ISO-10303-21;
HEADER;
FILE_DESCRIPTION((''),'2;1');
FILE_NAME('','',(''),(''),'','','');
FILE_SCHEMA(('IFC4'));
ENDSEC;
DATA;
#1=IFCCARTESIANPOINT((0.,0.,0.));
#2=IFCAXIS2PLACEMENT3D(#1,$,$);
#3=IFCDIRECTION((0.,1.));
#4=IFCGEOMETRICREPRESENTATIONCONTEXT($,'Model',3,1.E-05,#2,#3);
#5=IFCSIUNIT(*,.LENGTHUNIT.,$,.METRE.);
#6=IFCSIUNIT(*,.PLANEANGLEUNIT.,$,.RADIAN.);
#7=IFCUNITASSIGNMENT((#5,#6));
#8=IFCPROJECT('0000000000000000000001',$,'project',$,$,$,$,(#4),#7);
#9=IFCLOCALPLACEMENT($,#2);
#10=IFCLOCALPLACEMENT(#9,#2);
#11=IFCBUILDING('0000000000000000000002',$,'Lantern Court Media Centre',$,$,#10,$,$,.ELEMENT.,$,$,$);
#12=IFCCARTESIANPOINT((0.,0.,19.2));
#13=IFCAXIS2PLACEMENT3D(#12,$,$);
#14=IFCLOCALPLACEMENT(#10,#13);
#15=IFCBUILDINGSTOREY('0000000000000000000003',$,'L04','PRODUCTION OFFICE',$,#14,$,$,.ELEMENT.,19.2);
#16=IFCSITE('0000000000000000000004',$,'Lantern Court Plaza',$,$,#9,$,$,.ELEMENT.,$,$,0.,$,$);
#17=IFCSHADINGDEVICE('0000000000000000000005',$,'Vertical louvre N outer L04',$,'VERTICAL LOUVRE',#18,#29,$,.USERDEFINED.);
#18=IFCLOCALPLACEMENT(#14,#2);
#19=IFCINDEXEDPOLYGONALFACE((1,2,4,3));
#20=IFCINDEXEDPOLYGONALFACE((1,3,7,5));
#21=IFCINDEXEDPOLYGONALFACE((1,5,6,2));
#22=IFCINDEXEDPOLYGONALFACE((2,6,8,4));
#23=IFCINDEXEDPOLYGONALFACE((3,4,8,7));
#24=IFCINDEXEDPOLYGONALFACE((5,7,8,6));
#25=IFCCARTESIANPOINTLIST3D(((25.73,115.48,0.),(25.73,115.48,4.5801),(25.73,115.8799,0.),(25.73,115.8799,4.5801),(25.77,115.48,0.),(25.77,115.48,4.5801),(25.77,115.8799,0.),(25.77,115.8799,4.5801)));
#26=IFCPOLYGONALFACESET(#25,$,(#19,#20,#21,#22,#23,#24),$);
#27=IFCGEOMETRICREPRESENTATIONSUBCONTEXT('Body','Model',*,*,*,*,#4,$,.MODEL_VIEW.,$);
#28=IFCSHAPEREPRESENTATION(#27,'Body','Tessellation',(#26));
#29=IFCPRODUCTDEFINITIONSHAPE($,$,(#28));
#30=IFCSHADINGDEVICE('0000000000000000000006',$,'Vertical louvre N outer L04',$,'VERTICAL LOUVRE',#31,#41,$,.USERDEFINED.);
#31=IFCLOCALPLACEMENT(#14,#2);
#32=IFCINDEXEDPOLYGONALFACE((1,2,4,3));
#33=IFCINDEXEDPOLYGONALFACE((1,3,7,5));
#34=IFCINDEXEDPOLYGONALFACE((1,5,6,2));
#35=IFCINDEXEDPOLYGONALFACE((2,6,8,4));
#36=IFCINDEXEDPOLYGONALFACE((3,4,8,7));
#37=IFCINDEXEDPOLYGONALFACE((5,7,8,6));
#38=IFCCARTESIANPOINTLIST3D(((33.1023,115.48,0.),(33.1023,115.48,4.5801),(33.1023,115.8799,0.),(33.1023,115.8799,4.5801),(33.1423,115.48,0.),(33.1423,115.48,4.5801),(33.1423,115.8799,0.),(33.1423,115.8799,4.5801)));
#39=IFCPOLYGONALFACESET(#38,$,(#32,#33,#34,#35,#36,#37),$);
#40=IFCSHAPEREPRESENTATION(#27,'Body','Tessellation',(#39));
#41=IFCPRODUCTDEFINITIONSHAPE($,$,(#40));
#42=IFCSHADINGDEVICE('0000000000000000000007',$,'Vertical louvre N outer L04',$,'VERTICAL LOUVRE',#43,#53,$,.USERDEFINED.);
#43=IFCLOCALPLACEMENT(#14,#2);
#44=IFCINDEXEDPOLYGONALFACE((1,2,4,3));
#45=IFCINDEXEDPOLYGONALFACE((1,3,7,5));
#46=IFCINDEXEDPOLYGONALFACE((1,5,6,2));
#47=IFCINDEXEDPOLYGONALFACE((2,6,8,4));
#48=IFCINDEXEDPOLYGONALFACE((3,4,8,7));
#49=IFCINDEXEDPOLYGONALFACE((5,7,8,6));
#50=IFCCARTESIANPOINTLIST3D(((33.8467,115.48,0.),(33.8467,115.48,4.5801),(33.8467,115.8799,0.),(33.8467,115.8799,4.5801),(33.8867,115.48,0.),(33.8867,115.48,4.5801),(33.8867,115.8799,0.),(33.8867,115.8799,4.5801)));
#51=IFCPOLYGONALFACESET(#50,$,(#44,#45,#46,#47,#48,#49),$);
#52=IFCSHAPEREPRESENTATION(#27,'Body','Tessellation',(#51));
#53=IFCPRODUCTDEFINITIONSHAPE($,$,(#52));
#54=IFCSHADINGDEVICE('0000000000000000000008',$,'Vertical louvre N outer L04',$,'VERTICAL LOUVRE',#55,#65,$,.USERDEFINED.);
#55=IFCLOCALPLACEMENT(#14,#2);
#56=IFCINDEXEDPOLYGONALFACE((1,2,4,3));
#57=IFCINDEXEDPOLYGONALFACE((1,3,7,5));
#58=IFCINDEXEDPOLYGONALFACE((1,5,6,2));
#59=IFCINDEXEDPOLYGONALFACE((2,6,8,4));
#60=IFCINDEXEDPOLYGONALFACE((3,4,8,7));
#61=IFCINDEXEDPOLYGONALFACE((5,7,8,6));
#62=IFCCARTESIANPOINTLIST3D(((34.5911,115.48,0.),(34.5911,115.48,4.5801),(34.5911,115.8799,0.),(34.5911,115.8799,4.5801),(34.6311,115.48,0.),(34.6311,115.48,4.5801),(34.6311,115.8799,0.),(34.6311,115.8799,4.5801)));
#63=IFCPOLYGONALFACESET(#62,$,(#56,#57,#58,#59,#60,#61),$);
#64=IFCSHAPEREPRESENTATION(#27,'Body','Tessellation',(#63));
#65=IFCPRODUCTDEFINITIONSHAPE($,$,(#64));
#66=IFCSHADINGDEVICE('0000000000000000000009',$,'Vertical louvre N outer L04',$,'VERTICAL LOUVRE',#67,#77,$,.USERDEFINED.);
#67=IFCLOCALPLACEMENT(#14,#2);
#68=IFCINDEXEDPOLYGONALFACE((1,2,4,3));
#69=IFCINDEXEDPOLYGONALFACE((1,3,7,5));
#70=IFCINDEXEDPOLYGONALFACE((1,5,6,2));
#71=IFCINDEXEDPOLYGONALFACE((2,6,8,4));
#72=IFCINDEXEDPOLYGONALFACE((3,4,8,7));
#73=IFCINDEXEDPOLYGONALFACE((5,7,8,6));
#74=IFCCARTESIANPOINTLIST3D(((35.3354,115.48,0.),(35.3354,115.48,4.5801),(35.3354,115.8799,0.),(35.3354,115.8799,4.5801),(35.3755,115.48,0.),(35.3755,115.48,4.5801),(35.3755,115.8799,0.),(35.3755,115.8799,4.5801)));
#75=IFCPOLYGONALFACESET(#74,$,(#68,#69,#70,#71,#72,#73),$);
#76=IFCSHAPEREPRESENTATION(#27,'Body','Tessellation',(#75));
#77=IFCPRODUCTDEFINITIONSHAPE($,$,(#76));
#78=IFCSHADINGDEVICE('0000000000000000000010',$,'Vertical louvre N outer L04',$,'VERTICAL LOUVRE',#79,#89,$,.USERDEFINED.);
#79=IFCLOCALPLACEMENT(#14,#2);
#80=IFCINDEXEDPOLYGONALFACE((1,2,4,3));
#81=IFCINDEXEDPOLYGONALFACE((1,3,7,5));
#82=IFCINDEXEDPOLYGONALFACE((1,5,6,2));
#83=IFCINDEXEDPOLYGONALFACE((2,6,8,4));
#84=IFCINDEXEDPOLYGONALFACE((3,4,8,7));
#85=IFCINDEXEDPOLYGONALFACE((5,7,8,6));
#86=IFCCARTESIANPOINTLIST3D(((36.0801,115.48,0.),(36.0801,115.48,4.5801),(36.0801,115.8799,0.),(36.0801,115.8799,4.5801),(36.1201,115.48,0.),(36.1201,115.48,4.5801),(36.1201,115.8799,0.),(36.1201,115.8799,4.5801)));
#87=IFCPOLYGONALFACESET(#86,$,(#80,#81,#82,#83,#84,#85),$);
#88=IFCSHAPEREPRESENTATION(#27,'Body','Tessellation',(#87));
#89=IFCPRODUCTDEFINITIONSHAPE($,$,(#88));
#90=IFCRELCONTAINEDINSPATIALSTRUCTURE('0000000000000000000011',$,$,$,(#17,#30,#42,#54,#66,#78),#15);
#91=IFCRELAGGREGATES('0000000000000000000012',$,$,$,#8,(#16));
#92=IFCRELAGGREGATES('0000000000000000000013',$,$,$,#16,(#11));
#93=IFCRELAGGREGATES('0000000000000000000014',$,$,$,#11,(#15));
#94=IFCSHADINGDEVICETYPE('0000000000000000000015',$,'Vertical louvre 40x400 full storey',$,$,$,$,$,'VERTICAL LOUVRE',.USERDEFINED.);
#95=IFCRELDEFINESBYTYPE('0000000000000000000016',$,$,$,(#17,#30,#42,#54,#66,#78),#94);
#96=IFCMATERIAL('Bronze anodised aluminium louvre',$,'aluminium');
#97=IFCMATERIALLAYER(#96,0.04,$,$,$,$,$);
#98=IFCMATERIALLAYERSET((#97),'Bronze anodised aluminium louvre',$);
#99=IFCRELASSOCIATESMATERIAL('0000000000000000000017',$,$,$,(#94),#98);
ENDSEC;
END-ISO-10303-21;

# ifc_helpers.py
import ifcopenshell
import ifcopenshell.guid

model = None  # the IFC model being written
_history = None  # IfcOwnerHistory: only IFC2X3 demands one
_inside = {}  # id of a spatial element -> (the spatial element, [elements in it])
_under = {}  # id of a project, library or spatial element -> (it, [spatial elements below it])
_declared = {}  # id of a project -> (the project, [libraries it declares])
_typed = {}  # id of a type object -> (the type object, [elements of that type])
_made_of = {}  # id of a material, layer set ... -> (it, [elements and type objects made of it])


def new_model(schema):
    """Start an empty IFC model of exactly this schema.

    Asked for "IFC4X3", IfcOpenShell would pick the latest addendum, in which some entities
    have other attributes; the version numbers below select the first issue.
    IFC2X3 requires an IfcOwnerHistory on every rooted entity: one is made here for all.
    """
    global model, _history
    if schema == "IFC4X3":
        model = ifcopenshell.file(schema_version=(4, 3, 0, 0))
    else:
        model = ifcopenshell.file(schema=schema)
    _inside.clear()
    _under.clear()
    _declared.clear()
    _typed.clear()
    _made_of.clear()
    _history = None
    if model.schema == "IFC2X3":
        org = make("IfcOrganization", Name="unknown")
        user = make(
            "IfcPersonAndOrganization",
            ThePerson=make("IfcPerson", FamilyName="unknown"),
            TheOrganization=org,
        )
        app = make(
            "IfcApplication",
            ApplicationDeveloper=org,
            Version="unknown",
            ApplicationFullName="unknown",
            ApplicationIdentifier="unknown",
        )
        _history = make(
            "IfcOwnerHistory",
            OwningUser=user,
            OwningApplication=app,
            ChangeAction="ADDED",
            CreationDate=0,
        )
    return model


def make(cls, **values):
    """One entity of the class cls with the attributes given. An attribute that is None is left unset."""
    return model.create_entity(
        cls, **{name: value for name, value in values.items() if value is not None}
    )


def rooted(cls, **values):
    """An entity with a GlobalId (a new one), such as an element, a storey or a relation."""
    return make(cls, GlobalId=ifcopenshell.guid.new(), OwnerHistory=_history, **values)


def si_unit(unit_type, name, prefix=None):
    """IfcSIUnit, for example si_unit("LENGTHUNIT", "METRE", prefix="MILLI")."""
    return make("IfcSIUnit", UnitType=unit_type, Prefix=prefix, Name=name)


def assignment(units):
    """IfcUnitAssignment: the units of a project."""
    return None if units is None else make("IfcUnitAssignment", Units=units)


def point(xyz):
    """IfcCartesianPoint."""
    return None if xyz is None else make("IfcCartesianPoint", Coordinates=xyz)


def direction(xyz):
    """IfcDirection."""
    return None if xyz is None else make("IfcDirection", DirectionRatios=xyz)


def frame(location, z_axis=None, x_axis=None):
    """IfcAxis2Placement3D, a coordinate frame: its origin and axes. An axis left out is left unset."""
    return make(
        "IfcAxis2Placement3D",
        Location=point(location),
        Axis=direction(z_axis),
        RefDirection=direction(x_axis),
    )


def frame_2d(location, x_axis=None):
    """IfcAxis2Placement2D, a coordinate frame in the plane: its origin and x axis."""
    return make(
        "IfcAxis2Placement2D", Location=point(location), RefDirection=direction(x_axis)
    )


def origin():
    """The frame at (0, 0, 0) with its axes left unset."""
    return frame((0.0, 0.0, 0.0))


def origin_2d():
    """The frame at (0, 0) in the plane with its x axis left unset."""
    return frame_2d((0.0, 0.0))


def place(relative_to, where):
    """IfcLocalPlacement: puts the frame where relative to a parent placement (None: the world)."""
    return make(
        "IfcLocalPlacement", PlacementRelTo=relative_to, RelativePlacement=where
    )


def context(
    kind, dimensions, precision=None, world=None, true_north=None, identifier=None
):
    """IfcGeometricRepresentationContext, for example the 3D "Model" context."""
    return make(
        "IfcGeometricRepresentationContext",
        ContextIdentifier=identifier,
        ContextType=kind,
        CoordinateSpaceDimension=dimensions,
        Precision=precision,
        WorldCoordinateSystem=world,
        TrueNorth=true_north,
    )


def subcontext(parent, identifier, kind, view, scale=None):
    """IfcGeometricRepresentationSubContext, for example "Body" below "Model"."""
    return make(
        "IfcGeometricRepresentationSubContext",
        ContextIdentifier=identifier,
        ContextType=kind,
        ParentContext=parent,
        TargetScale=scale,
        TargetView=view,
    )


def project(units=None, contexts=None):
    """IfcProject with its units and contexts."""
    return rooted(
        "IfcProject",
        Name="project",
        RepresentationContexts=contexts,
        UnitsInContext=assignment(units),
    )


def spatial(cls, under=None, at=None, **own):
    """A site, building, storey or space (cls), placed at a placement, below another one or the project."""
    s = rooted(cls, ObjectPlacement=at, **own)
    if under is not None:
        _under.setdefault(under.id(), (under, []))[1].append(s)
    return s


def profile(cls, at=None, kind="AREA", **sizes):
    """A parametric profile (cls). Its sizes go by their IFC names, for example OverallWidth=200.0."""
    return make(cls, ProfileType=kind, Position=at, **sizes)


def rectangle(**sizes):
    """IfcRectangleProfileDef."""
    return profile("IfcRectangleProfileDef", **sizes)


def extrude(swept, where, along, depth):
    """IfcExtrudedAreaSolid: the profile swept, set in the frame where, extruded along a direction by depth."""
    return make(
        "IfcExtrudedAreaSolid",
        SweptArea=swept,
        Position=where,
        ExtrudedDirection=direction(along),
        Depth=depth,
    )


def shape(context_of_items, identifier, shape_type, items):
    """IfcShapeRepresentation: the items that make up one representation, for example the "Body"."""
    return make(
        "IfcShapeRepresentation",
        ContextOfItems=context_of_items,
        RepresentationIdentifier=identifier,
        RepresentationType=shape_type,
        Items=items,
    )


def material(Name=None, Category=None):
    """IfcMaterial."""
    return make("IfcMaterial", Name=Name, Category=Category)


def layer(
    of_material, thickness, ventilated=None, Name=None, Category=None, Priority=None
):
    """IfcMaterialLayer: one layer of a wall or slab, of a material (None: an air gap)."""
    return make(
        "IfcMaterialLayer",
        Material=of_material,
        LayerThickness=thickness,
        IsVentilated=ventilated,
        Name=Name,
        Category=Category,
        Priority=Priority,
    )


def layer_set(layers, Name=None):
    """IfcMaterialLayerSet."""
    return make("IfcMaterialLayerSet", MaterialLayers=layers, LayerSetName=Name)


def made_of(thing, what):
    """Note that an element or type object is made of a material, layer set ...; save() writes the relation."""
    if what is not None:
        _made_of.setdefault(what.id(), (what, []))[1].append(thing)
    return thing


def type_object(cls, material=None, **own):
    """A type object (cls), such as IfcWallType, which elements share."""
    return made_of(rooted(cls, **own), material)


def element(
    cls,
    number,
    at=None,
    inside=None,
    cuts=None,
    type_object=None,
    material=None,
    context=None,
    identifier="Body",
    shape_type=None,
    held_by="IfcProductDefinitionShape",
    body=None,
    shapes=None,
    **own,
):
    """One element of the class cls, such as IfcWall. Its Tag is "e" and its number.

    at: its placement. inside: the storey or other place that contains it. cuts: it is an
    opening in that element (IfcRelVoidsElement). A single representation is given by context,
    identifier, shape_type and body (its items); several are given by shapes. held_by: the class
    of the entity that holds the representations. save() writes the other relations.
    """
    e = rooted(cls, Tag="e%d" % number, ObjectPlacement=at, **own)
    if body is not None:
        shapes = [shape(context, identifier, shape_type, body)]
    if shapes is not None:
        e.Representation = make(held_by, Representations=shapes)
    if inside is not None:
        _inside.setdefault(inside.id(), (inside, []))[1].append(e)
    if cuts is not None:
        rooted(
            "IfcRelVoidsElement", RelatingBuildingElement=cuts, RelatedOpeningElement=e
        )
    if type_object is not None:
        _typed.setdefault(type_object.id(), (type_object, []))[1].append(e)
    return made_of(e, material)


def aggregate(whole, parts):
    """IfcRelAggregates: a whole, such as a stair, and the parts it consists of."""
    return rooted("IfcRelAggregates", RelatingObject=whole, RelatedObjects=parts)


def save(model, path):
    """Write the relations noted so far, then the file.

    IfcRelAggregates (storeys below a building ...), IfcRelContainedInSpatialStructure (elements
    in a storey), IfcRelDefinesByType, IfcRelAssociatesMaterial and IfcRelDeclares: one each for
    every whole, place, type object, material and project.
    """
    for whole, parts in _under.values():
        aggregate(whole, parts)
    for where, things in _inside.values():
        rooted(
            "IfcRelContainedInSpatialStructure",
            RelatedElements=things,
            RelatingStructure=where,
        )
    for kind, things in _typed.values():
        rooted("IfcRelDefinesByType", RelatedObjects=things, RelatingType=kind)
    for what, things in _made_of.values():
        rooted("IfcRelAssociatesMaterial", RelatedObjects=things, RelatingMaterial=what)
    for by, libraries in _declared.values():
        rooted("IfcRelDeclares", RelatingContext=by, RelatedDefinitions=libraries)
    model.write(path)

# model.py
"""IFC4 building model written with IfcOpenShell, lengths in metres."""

from ifc_helpers import new_model, si_unit, direction, frame, origin, origin_2d, place, context, subcontext, project, spatial, rectangle, extrude, material, layer, layer_set, type_object, element, save


model = new_model("IFC4")

# Units and contexts
model_context = context("Model", 3, precision=1e-05, world=origin(), true_north=direction((0.0, 1.0)))
body_context = subcontext(model_context, "Body", "Model", "MODEL_VIEW")
ifc_project = project(units=[si_unit("LENGTHUNIT", "METRE"), si_unit("PLANEANGLEUNIT", "RADIAN")], contexts=[model_context])

# Site, building, storey
site_placement = place(None, origin())
site = spatial("IfcSite", under=ifc_project, at=site_placement, Name="Lantern Court Plaza", CompositionType="ELEMENT", RefElevation=0.0)
building_placement = place(site_placement, origin())
building = spatial("IfcBuilding", under=site, at=building_placement, Name="Lantern Court Media Centre", CompositionType="ELEMENT")
storey_placement = place(building_placement, frame((0.0, 0.0, 19.2)))
storey = spatial("IfcBuildingStorey", under=building, at=storey_placement, Name="L04", Description="PRODUCTION OFFICE", CompositionType="ELEMENT", Elevation=19.2)

# Shading devices
ifc_material_1 = material(Name="Bronze anodised aluminium louvre", Category="aluminium")
ifc_layer_1 = layer(ifc_material_1, 0.04)
ifc_layer_set_1 = layer_set([ifc_layer_1], Name="Bronze anodised aluminium louvre")
shading_device_type = type_object("IfcShadingDeviceType", Name="Vertical louvre 40x400 full storey", ElementType="VERTICAL LOUVRE", PredefinedType="USERDEFINED", material=ifc_layer_set_1)
for number, where, z_axis, x_axis, name in (
    (1, (25.75, 115.6799, 0.0), (0.0, 0.0, 1.0), (1.0, 0.0, 0.0), "Vertical louvre N outer L04"),
    (2, (33.1223, 115.6799, 0.0), (0.0, 0.0, 1.0), (1.0, 0.0, 0.0), "Vertical louvre N outer L04"),
    (3, (33.8667, 115.6799, 0.0), (0.0, 0.0, 1.0), (1.0, 0.0, 0.0), "Vertical louvre N outer L04"),
    (4, (34.6111, 115.6799, 0.0), (0.0, 0.0, 1.0), (1.0, 0.0, 0.0), "Vertical louvre N outer L04"),
    (5, (35.3555, 115.6799, 0.0), (0.0, 0.0, 1.0), (1.0, 0.0, 0.0), "Vertical louvre N outer L04"),
    (6, (36.1001, 115.6799, 0.0), (0.0, 0.0, 1.0), (1.0, 0.0, 0.0), "Vertical louvre N outer L04"),
):
    element("IfcShadingDevice", number, at=place(storey_placement, frame(where, z_axis=z_axis, x_axis=x_axis)), inside=storey, type_object=shading_device_type, Name=name, ObjectType="VERTICAL LOUVRE", PredefinedType="USERDEFINED", context=body_context, shape_type="SweptSolid", body=[
        extrude(rectangle(XDim=0.04, YDim=0.3999, at=origin_2d()), origin(), (0.0, 0.0, 1.0), 4.5801),
    ])

save(model, "model.ifc")
